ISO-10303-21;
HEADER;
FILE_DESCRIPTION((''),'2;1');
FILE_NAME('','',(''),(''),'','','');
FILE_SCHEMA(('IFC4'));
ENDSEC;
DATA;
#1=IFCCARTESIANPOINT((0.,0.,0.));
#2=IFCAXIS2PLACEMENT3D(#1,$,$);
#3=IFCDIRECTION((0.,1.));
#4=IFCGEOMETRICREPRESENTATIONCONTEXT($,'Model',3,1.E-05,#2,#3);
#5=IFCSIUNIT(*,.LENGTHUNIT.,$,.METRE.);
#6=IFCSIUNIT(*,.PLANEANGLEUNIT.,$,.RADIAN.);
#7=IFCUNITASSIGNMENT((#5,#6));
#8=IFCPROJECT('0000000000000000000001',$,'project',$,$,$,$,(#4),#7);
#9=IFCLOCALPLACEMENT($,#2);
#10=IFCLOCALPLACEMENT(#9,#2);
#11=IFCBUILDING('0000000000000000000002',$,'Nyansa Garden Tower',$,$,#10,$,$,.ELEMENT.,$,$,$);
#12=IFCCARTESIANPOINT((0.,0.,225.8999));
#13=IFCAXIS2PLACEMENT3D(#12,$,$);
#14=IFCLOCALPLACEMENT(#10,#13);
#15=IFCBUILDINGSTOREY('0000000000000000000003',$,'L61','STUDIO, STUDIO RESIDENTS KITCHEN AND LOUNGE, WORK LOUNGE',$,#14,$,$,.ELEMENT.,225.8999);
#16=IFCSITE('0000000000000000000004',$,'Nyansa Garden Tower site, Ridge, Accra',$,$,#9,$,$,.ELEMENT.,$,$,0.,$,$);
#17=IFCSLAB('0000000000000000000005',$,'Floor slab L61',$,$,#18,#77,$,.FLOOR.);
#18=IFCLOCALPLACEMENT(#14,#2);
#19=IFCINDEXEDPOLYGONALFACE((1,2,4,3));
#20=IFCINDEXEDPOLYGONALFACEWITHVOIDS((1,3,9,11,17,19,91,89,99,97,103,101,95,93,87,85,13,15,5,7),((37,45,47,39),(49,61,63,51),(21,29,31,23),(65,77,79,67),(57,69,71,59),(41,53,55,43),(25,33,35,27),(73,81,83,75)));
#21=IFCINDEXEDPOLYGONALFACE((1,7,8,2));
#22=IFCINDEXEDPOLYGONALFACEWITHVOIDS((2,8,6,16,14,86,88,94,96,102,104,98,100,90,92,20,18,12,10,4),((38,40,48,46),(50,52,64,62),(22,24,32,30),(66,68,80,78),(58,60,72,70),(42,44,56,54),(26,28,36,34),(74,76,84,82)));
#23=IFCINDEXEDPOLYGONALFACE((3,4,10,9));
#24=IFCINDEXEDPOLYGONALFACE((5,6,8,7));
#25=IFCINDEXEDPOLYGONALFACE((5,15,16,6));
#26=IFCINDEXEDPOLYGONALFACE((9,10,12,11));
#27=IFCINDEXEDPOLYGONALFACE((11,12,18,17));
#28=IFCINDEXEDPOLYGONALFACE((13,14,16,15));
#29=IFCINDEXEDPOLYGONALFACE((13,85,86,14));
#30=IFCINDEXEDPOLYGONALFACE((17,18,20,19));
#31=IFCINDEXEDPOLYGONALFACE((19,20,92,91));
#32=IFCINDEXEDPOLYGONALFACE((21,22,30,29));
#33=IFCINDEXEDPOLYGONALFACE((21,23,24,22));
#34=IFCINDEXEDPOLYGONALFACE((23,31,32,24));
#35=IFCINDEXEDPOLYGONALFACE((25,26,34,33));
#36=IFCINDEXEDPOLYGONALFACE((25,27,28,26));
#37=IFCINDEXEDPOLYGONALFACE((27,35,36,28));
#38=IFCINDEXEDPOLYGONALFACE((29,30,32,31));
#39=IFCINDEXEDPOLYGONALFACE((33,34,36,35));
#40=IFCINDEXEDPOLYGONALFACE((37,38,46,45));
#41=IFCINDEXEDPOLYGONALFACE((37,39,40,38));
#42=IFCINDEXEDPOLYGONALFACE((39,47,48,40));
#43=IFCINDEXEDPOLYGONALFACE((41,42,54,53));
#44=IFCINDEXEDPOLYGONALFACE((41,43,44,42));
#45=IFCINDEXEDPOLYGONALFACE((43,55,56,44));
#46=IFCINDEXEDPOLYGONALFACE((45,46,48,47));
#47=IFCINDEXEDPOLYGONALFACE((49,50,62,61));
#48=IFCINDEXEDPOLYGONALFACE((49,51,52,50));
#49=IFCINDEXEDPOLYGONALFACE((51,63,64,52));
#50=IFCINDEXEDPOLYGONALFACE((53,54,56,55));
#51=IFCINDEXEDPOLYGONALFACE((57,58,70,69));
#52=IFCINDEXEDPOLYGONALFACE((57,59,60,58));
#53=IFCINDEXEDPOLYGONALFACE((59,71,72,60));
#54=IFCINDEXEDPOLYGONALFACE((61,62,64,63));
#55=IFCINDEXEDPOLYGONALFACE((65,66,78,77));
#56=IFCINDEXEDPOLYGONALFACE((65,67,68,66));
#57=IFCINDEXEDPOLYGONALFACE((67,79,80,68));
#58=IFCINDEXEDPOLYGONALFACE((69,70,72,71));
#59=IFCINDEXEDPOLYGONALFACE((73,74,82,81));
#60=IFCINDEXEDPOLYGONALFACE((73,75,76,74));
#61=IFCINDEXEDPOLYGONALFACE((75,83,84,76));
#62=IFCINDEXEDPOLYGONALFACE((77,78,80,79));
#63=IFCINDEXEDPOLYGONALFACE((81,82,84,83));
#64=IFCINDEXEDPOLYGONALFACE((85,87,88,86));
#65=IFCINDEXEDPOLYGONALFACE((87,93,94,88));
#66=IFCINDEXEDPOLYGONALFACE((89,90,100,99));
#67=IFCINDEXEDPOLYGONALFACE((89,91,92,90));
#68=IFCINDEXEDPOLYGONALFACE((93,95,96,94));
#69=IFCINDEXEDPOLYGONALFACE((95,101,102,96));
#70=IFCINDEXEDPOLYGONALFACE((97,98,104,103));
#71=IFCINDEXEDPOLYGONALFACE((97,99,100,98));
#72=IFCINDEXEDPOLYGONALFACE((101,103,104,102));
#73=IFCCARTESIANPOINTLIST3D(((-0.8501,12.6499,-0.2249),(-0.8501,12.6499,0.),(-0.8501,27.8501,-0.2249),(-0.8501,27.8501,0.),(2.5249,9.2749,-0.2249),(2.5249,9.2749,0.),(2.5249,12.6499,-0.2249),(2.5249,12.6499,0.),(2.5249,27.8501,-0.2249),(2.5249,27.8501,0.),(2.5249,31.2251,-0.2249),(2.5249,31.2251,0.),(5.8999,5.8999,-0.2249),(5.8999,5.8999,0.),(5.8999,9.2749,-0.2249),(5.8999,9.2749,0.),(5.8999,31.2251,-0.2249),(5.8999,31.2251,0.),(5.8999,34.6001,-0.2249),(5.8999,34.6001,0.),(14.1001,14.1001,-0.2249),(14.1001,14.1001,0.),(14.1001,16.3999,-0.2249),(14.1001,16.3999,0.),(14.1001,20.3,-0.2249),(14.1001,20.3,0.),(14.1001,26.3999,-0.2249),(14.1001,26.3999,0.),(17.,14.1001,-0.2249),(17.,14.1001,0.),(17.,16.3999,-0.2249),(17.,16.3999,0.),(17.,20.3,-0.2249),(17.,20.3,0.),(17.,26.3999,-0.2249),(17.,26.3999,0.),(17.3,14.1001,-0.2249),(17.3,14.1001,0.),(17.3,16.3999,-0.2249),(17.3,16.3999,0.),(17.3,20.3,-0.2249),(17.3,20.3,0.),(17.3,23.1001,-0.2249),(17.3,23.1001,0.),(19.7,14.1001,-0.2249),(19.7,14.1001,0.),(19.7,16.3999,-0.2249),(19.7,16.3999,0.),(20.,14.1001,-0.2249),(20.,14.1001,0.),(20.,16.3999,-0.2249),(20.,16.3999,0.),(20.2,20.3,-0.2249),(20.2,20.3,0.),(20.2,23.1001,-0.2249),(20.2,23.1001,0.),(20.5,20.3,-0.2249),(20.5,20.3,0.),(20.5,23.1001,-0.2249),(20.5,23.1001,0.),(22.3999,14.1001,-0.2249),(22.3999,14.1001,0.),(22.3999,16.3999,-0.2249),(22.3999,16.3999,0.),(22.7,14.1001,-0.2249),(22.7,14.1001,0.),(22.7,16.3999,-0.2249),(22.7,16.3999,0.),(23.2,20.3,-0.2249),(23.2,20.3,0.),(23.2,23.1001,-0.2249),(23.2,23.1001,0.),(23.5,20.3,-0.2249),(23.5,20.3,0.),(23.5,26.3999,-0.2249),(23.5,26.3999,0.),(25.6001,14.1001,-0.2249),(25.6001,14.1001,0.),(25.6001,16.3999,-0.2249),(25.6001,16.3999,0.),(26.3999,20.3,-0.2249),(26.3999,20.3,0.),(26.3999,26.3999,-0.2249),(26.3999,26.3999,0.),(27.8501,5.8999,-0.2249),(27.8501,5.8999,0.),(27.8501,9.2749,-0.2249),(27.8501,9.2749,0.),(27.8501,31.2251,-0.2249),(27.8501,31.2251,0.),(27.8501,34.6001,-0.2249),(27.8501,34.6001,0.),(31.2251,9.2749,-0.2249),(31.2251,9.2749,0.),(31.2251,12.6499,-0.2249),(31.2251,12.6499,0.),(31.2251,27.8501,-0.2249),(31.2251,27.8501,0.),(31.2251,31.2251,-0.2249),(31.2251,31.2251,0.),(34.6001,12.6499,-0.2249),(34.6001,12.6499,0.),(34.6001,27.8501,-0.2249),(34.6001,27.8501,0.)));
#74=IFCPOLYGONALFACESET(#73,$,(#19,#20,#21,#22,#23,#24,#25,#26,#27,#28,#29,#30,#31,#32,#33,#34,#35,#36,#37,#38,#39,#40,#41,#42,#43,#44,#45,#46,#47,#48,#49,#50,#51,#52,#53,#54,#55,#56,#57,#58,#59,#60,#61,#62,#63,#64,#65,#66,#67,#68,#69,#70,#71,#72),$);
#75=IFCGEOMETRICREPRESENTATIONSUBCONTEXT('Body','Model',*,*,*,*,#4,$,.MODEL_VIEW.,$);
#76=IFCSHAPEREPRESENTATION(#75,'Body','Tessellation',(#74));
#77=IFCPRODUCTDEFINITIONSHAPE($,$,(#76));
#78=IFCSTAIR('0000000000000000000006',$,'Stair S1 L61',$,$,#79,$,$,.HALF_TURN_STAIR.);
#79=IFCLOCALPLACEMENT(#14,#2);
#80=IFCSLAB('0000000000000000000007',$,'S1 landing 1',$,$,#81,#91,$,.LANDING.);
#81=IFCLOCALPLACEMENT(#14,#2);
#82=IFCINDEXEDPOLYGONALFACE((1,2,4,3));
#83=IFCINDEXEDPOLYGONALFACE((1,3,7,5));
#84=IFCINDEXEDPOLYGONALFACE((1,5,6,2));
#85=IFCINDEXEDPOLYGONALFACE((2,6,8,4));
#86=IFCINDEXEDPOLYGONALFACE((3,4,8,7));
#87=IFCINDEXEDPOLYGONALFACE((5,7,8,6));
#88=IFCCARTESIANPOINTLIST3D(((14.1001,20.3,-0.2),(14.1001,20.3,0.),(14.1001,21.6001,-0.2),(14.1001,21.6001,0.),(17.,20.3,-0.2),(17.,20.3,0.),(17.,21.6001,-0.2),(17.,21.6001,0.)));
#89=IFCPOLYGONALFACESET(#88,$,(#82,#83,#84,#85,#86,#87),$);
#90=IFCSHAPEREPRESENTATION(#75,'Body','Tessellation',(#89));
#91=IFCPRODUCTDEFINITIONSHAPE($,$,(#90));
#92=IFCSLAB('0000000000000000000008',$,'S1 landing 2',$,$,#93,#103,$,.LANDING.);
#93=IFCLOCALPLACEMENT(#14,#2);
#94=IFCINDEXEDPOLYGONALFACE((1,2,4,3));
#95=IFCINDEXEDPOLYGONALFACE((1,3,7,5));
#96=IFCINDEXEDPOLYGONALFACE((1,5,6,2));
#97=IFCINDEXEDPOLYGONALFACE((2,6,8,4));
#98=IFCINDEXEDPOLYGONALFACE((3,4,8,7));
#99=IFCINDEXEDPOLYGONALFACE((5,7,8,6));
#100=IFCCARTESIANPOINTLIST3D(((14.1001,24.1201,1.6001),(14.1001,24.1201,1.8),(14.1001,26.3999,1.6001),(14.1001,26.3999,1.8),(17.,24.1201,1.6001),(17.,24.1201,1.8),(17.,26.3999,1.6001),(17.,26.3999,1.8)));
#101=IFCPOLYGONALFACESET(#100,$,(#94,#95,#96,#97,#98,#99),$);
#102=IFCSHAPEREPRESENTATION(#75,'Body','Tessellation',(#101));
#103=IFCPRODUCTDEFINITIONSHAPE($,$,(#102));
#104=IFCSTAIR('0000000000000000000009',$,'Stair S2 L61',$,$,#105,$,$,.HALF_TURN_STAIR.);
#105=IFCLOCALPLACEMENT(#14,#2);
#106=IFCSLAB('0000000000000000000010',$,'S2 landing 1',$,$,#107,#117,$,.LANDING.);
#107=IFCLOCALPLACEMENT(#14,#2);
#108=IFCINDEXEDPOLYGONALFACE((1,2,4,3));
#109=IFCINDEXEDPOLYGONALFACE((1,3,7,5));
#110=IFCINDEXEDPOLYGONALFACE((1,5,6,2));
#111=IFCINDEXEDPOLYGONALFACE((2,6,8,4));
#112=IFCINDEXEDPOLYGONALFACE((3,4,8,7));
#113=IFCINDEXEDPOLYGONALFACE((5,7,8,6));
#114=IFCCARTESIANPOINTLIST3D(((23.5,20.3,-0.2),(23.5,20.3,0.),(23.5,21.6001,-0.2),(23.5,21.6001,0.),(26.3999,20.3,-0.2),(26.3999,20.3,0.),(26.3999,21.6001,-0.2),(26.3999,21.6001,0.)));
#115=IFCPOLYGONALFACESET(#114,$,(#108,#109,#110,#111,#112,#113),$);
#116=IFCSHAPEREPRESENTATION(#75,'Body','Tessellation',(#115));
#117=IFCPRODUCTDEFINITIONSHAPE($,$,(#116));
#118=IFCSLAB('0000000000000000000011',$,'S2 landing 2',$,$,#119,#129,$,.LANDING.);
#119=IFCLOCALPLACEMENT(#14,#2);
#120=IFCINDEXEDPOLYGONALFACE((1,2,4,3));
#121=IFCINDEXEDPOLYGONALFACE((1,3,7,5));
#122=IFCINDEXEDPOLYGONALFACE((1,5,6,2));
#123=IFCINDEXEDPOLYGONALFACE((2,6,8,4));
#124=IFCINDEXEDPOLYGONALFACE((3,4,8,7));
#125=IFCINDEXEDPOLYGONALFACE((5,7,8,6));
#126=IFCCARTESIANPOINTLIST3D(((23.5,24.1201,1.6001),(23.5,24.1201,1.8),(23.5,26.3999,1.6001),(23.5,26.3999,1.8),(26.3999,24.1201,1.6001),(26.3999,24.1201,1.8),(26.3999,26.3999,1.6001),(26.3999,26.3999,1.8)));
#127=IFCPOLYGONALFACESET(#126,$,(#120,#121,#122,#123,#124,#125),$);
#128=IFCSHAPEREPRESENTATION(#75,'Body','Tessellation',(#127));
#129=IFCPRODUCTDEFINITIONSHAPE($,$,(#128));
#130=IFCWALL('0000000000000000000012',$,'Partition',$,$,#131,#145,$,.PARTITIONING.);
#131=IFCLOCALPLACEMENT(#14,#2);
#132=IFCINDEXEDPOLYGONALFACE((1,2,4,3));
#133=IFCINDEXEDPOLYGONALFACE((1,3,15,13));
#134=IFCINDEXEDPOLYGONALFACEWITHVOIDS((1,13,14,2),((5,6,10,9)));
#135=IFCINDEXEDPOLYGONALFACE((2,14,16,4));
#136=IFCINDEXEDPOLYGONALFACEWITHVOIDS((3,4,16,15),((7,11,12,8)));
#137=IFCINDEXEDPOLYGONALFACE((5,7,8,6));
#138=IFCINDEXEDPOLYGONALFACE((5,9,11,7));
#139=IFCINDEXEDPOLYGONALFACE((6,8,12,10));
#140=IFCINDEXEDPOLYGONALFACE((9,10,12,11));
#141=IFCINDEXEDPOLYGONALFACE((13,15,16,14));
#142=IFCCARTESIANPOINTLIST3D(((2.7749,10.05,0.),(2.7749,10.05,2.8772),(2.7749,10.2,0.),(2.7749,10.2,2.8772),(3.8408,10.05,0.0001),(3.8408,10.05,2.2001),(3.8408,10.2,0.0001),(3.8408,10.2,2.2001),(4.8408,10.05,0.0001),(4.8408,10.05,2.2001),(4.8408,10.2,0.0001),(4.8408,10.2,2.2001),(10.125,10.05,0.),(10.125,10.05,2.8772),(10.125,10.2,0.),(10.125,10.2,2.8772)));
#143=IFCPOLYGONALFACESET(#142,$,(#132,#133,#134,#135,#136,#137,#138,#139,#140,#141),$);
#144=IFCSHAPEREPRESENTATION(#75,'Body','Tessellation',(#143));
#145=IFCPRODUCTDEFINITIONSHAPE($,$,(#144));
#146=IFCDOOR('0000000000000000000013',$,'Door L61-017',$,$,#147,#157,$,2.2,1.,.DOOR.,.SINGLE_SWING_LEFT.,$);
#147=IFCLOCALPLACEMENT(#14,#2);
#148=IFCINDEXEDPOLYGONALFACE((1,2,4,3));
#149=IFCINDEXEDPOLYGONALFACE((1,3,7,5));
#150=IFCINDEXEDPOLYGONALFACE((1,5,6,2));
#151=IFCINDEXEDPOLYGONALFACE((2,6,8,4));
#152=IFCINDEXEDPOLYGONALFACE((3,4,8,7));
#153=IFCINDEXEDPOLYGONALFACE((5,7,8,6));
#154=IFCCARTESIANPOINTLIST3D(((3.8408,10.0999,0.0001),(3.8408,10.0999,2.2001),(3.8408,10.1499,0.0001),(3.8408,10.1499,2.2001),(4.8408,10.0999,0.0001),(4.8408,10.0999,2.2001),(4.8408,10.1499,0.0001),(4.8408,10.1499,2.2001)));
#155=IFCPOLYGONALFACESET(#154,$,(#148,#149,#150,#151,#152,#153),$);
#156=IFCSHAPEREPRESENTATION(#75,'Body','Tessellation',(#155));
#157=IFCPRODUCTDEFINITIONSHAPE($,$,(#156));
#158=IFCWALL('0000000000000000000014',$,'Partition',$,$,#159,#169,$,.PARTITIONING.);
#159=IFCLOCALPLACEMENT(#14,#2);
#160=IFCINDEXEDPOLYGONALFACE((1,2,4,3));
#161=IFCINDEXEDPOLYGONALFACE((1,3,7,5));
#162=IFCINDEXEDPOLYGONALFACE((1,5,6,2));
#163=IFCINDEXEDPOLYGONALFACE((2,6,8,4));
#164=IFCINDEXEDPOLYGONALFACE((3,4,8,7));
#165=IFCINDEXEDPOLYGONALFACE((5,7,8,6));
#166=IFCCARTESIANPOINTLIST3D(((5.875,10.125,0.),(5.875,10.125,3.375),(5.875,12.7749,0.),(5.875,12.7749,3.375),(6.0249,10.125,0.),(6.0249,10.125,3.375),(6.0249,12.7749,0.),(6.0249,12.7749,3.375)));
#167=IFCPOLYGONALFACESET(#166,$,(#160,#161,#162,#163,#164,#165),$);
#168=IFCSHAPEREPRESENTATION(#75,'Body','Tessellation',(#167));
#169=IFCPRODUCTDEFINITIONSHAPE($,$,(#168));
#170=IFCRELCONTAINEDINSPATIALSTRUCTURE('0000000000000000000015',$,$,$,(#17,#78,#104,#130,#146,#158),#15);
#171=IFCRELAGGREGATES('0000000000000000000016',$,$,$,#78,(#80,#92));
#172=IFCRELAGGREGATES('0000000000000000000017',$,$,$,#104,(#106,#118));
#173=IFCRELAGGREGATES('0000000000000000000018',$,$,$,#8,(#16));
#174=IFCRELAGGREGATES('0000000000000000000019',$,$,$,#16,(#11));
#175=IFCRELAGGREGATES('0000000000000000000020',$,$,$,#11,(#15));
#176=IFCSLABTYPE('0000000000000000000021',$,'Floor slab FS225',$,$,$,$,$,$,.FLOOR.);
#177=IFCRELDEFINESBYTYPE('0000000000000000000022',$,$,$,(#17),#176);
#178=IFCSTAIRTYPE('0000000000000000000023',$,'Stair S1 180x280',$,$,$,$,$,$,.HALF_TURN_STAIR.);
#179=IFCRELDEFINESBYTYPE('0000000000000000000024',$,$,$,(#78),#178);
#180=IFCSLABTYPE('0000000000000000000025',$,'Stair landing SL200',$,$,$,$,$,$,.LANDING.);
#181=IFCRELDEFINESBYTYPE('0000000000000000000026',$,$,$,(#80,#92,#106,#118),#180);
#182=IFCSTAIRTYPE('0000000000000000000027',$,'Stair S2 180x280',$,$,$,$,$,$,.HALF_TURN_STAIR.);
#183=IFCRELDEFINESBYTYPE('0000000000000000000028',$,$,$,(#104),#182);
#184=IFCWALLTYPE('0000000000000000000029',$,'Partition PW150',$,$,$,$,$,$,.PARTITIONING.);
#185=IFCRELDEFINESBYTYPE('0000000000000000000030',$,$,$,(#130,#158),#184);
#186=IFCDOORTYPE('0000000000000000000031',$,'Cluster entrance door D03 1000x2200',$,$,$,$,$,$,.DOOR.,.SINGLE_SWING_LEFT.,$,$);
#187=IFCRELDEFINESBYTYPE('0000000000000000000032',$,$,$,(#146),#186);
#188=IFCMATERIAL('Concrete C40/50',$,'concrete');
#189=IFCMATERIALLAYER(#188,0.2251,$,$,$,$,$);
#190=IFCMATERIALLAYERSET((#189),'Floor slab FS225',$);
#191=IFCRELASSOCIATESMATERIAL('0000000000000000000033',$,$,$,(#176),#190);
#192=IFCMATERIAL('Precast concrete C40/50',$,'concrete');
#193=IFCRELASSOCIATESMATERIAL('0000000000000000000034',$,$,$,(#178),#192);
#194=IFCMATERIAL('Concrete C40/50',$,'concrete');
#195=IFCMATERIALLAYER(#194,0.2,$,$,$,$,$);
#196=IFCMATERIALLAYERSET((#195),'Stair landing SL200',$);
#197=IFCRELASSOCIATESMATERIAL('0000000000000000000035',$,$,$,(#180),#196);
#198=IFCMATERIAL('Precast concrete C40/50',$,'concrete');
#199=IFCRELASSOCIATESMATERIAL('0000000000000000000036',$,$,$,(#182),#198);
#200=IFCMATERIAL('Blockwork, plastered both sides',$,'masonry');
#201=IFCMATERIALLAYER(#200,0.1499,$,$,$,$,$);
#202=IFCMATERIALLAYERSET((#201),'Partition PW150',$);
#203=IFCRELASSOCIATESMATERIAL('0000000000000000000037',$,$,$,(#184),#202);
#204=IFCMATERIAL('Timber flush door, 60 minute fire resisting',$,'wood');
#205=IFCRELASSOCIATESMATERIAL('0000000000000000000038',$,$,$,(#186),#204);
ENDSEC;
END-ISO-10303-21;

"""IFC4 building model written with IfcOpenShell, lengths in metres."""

from ifc_helpers import new_model, si_unit, direction, frame, frame_2d, origin, place, context, subcontext, project, spatial, polyline, rectangle, outline, extrude, material, layer, layer_set, type_object, element, fill, aggregate, save


model = new_model("IFC4")

# Units and contexts
model_context = context("Model", 3, precision=1e-05, world=origin(), true_north=direction((0.0, 1.0)))
body_context = subcontext(model_context, "Body", "Model", "MODEL_VIEW")
ifc_project = project(units=[si_unit("LENGTHUNIT", "METRE"), si_unit("PLANEANGLEUNIT", "RADIAN")], contexts=[model_context])

# Site, building, storey
site_placement = place(None, origin())
site = spatial("IfcSite", under=ifc_project, at=site_placement, Name="Nyansa Garden Tower site, Ridge, Accra", CompositionType="ELEMENT", RefElevation=0.0)
building_placement = place(site_placement, origin())
building = spatial("IfcBuilding", under=site, at=building_placement, Name="Nyansa Garden Tower", CompositionType="ELEMENT")
storey_placement = place(building_placement, frame((0.0, 0.0, 225.8999)))
storey = spatial("IfcBuildingStorey", under=building, at=storey_placement, Name="L61", Description="STUDIO, STUDIO RESIDENTS KITCHEN AND LOUNGE, WORK LOUNGE", CompositionType="ELEMENT", Elevation=225.8999)

# Slab
ifc_material_1 = material(Name="Concrete C40/50", Category="concrete")
ifc_layer_1 = layer(ifc_material_1, 0.2251)
ifc_layer_set_1 = layer_set([ifc_layer_1], Name="Floor slab FS225")
slab_type_1 = type_object("IfcSlabType", Name="Floor slab FS225", PredefinedType="FLOOR", material=ifc_layer_set_1)
slab_1_placement = place(storey_placement, frame((0.0, 0.0, -0.2249)))
element("IfcSlab", 1, at=slab_1_placement, inside=storey, type_object=slab_type_1, Name="Floor slab L61", PredefinedType="FLOOR", context=body_context, shape_type="SweptSolid", body=[
    extrude(outline(polyline([(34.6001, 12.6499), (31.2251, 12.6499), (31.2251, 9.2749), (27.8501, 9.2749), (27.8501, 5.8999), (5.8999, 5.8999), (5.8999, 9.2749), (2.5249, 9.2749), (2.5249, 12.6499), (-0.8501, 12.6499), (-0.8501, 27.8501), (2.5249, 27.8501), (2.5249, 31.2251), (5.8999, 31.2251), (5.8999, 34.6001), (27.8501, 34.6001), (27.8501, 31.2251), (31.2251, 31.2251), (31.2251, 27.8501), (34.6001, 27.8501), (34.6001, 12.6499)]), holes=[polyline([(14.1001, 14.1001), (17.0, 14.1001), (17.0, 16.3999), (14.1001, 16.3999), (14.1001, 14.1001)]), polyline([(17.3, 14.1001), (19.7, 14.1001), (19.7, 16.3999), (17.3, 16.3999), (17.3, 14.1001)]), polyline([(20.0, 14.1001), (22.3999, 14.1001), (22.3999, 16.3999), (20.0, 16.3999), (20.0, 14.1001)]), polyline([(22.7, 14.1001), (25.6001, 14.1001), (25.6001, 16.3999), (22.7, 16.3999), (22.7, 14.1001)]), polyline([(17.3, 20.3), (20.2, 20.3), (20.2, 23.1001), (17.3, 23.1001), (17.3, 20.3)]), polyline([(20.5, 20.3), (23.2, 20.3), (23.2, 23.1001), (20.5, 23.1001), (20.5, 20.3)]), polyline([(14.1001, 20.3), (17.0, 20.3), (17.0, 26.3999), (14.1001, 26.3999), (14.1001, 20.3)]), polyline([(23.5, 20.3), (26.3999, 20.3), (26.3999, 26.3999), (23.5, 26.3999), (23.5, 20.3)])]), origin(), (0.0, 0.0, 1.0), 0.2249),
])

# Stairs, slabs
ifc_material_2 = material(Name="Precast concrete C40/50", Category="concrete")
stair_type_1 = type_object("IfcStairType", Name="Stair S1 180x280", PredefinedType="HALF_TURN_STAIR", material=ifc_material_2)
stair_1_placement = place(storey_placement, origin())
stair_1 = element("IfcStair", 2, at=stair_1_placement, inside=storey, type_object=stair_type_1, Name="Stair S1 L61", PredefinedType="HALF_TURN_STAIR")
ifc_material_3 = material(Name="Concrete C40/50", Category="concrete")
ifc_layer_2 = layer(ifc_material_3, 0.2)
ifc_layer_set_2 = layer_set([ifc_layer_2], Name="Stair landing SL200")
slab_type_2 = type_object("IfcSlabType", Name="Stair landing SL200", PredefinedType="LANDING", material=ifc_layer_set_2)
slab_2_placement = place(storey_placement, frame((0.0, 0.0, -0.2)))
slab_2 = element("IfcSlab", 3, at=slab_2_placement, type_object=slab_type_2, Name="S1 landing 1", PredefinedType="LANDING", context=body_context, shape_type="SweptSolid", body=[
    extrude(outline(polyline([(14.1001, 20.3), (17.0, 20.3), (17.0, 21.6001), (14.1001, 21.6001), (14.1001, 20.3)])), origin(), (0.0, 0.0, 1.0), 0.2),
])
slab_3_placement = place(storey_placement, frame((0.0, 0.0, 1.6001)))
slab_3 = element("IfcSlab", 4, at=slab_3_placement, type_object=slab_type_2, Name="S1 landing 2", PredefinedType="LANDING", context=body_context, shape_type="SweptSolid", body=[
    extrude(outline(polyline([(14.1001, 24.1201), (17.0, 24.1201), (17.0, 26.3999), (14.1001, 26.3999), (14.1001, 24.1201)])), origin(), (0.0, 0.0, 1.0), 0.2),
])
aggregate(stair_1, [slab_2, slab_3])
ifc_material_4 = material(Name="Precast concrete C40/50", Category="concrete")
stair_type_2 = type_object("IfcStairType", Name="Stair S2 180x280", PredefinedType="HALF_TURN_STAIR", material=ifc_material_4)
stair_2_placement = place(storey_placement, origin())
stair_2 = element("IfcStair", 5, at=stair_2_placement, inside=storey, type_object=stair_type_2, Name="Stair S2 L61", PredefinedType="HALF_TURN_STAIR")
slab_4_placement = place(storey_placement, frame((0.0, 0.0, -0.2)))
slab_4 = element("IfcSlab", 6, at=slab_4_placement, type_object=slab_type_2, Name="S2 landing 1", PredefinedType="LANDING", context=body_context, shape_type="SweptSolid", body=[
    extrude(outline(polyline([(23.5, 20.3), (26.3999, 20.3), (26.3999, 21.6001), (23.5, 21.6001), (23.5, 20.3)])), origin(), (0.0, 0.0, 1.0), 0.2),
])
slab_5_placement = place(storey_placement, frame((0.0, 0.0, 1.6001)))
slab_5 = element("IfcSlab", 7, at=slab_5_placement, type_object=slab_type_2, Name="S2 landing 2", PredefinedType="LANDING", context=body_context, shape_type="SweptSolid", body=[
    extrude(outline(polyline([(23.5, 24.1201), (26.3999, 24.1201), (26.3999, 26.3999), (23.5, 26.3999), (23.5, 24.1201)])), origin(), (0.0, 0.0, 1.0), 0.2),
])
aggregate(stair_2, [slab_4, slab_5])

# Wall, opening, door
ifc_material_5 = material(Name="Blockwork, plastered both sides", Category="masonry")
ifc_layer_3 = layer(ifc_material_5, 0.1499)
ifc_layer_set_3 = layer_set([ifc_layer_3], Name="Partition PW150")
wall_type_1 = type_object("IfcWallType", Name="Partition PW150", PredefinedType="PARTITIONING", material=ifc_layer_set_3)
wall_1_placement = place(storey_placement, frame((2.7749, 10.125, 0.0), z_axis=(0.0, 0.0, 1.0), x_axis=(1.0, 0.0, 0.0)))
wall_1 = element("IfcWall", 8, at=wall_1_placement, inside=storey, type_object=wall_type_1, Name="Partition", PredefinedType="PARTITIONING", context=body_context, shape_type="SweptSolid", body=[
    extrude(rectangle(XDim=7.3501, YDim=0.1499, at=frame_2d((3.675, 0.0))), origin(), (0.0, 0.0, 1.0), 2.8772),
])
opening_1_placement = place(wall_1_placement, frame((1.0659, 0.0, 0.0)))
opening_1 = element("IfcOpeningElement", 9, at=opening_1_placement, cuts=wall_1, PredefinedType="OPENING", context=body_context, shape_type="SweptSolid", body=[
    extrude(rectangle(XDim=1.0, YDim=2.2, at=frame_2d((0.5, 1.1001))), frame((0.0, 0.085, 0.0), z_axis=(0.0, -1.0, 0.0), x_axis=(1.0, 0.0, 0.0)), (0.0, 0.0, 1.0), 0.1699),
])
ifc_material_6 = material(Name="Timber flush door, 60 minute fire resisting", Category="wood")
door_type = type_object("IfcDoorType", Name="Cluster entrance door D03 1000x2200", OperationType="SINGLE_SWING_LEFT", PredefinedType="DOOR", material=ifc_material_6)
door_placement = place(opening_1_placement, origin())
door = element("IfcDoor", 10, at=door_placement, inside=storey, type_object=door_type, Name="Door L61-017", OperationType="SINGLE_SWING_LEFT", OverallHeight=2.2, OverallWidth=1.0, PredefinedType="DOOR", context=body_context, shape_type="SweptSolid", body=[
    extrude(rectangle(XDim=1.0, YDim=2.2, at=frame_2d((0.5, 1.1001))), frame((0.0, 0.0249, 0.0), z_axis=(0.0, -1.0, 0.0), x_axis=(1.0, 0.0, 0.0)), (0.0, 0.0, 1.0), 0.05),
])
fill(opening_1, door)

# Wall
wall_2_placement = place(storey_placement, frame((5.95, 10.125, 0.0), z_axis=(0.0, 0.0, 1.0), x_axis=(0.0, 1.0, 0.0)))
element("IfcWall", 11, at=wall_2_placement, inside=storey, type_object=wall_type_1, Name="Partition", PredefinedType="PARTITIONING", context=body_context, shape_type="SweptSolid", body=[
    extrude(rectangle(XDim=2.6499, YDim=0.1499, at=frame_2d((1.325, 0.0))), origin(), (0.0, 0.0, 1.0), 3.375),
])

save(model, "model.ifc")
